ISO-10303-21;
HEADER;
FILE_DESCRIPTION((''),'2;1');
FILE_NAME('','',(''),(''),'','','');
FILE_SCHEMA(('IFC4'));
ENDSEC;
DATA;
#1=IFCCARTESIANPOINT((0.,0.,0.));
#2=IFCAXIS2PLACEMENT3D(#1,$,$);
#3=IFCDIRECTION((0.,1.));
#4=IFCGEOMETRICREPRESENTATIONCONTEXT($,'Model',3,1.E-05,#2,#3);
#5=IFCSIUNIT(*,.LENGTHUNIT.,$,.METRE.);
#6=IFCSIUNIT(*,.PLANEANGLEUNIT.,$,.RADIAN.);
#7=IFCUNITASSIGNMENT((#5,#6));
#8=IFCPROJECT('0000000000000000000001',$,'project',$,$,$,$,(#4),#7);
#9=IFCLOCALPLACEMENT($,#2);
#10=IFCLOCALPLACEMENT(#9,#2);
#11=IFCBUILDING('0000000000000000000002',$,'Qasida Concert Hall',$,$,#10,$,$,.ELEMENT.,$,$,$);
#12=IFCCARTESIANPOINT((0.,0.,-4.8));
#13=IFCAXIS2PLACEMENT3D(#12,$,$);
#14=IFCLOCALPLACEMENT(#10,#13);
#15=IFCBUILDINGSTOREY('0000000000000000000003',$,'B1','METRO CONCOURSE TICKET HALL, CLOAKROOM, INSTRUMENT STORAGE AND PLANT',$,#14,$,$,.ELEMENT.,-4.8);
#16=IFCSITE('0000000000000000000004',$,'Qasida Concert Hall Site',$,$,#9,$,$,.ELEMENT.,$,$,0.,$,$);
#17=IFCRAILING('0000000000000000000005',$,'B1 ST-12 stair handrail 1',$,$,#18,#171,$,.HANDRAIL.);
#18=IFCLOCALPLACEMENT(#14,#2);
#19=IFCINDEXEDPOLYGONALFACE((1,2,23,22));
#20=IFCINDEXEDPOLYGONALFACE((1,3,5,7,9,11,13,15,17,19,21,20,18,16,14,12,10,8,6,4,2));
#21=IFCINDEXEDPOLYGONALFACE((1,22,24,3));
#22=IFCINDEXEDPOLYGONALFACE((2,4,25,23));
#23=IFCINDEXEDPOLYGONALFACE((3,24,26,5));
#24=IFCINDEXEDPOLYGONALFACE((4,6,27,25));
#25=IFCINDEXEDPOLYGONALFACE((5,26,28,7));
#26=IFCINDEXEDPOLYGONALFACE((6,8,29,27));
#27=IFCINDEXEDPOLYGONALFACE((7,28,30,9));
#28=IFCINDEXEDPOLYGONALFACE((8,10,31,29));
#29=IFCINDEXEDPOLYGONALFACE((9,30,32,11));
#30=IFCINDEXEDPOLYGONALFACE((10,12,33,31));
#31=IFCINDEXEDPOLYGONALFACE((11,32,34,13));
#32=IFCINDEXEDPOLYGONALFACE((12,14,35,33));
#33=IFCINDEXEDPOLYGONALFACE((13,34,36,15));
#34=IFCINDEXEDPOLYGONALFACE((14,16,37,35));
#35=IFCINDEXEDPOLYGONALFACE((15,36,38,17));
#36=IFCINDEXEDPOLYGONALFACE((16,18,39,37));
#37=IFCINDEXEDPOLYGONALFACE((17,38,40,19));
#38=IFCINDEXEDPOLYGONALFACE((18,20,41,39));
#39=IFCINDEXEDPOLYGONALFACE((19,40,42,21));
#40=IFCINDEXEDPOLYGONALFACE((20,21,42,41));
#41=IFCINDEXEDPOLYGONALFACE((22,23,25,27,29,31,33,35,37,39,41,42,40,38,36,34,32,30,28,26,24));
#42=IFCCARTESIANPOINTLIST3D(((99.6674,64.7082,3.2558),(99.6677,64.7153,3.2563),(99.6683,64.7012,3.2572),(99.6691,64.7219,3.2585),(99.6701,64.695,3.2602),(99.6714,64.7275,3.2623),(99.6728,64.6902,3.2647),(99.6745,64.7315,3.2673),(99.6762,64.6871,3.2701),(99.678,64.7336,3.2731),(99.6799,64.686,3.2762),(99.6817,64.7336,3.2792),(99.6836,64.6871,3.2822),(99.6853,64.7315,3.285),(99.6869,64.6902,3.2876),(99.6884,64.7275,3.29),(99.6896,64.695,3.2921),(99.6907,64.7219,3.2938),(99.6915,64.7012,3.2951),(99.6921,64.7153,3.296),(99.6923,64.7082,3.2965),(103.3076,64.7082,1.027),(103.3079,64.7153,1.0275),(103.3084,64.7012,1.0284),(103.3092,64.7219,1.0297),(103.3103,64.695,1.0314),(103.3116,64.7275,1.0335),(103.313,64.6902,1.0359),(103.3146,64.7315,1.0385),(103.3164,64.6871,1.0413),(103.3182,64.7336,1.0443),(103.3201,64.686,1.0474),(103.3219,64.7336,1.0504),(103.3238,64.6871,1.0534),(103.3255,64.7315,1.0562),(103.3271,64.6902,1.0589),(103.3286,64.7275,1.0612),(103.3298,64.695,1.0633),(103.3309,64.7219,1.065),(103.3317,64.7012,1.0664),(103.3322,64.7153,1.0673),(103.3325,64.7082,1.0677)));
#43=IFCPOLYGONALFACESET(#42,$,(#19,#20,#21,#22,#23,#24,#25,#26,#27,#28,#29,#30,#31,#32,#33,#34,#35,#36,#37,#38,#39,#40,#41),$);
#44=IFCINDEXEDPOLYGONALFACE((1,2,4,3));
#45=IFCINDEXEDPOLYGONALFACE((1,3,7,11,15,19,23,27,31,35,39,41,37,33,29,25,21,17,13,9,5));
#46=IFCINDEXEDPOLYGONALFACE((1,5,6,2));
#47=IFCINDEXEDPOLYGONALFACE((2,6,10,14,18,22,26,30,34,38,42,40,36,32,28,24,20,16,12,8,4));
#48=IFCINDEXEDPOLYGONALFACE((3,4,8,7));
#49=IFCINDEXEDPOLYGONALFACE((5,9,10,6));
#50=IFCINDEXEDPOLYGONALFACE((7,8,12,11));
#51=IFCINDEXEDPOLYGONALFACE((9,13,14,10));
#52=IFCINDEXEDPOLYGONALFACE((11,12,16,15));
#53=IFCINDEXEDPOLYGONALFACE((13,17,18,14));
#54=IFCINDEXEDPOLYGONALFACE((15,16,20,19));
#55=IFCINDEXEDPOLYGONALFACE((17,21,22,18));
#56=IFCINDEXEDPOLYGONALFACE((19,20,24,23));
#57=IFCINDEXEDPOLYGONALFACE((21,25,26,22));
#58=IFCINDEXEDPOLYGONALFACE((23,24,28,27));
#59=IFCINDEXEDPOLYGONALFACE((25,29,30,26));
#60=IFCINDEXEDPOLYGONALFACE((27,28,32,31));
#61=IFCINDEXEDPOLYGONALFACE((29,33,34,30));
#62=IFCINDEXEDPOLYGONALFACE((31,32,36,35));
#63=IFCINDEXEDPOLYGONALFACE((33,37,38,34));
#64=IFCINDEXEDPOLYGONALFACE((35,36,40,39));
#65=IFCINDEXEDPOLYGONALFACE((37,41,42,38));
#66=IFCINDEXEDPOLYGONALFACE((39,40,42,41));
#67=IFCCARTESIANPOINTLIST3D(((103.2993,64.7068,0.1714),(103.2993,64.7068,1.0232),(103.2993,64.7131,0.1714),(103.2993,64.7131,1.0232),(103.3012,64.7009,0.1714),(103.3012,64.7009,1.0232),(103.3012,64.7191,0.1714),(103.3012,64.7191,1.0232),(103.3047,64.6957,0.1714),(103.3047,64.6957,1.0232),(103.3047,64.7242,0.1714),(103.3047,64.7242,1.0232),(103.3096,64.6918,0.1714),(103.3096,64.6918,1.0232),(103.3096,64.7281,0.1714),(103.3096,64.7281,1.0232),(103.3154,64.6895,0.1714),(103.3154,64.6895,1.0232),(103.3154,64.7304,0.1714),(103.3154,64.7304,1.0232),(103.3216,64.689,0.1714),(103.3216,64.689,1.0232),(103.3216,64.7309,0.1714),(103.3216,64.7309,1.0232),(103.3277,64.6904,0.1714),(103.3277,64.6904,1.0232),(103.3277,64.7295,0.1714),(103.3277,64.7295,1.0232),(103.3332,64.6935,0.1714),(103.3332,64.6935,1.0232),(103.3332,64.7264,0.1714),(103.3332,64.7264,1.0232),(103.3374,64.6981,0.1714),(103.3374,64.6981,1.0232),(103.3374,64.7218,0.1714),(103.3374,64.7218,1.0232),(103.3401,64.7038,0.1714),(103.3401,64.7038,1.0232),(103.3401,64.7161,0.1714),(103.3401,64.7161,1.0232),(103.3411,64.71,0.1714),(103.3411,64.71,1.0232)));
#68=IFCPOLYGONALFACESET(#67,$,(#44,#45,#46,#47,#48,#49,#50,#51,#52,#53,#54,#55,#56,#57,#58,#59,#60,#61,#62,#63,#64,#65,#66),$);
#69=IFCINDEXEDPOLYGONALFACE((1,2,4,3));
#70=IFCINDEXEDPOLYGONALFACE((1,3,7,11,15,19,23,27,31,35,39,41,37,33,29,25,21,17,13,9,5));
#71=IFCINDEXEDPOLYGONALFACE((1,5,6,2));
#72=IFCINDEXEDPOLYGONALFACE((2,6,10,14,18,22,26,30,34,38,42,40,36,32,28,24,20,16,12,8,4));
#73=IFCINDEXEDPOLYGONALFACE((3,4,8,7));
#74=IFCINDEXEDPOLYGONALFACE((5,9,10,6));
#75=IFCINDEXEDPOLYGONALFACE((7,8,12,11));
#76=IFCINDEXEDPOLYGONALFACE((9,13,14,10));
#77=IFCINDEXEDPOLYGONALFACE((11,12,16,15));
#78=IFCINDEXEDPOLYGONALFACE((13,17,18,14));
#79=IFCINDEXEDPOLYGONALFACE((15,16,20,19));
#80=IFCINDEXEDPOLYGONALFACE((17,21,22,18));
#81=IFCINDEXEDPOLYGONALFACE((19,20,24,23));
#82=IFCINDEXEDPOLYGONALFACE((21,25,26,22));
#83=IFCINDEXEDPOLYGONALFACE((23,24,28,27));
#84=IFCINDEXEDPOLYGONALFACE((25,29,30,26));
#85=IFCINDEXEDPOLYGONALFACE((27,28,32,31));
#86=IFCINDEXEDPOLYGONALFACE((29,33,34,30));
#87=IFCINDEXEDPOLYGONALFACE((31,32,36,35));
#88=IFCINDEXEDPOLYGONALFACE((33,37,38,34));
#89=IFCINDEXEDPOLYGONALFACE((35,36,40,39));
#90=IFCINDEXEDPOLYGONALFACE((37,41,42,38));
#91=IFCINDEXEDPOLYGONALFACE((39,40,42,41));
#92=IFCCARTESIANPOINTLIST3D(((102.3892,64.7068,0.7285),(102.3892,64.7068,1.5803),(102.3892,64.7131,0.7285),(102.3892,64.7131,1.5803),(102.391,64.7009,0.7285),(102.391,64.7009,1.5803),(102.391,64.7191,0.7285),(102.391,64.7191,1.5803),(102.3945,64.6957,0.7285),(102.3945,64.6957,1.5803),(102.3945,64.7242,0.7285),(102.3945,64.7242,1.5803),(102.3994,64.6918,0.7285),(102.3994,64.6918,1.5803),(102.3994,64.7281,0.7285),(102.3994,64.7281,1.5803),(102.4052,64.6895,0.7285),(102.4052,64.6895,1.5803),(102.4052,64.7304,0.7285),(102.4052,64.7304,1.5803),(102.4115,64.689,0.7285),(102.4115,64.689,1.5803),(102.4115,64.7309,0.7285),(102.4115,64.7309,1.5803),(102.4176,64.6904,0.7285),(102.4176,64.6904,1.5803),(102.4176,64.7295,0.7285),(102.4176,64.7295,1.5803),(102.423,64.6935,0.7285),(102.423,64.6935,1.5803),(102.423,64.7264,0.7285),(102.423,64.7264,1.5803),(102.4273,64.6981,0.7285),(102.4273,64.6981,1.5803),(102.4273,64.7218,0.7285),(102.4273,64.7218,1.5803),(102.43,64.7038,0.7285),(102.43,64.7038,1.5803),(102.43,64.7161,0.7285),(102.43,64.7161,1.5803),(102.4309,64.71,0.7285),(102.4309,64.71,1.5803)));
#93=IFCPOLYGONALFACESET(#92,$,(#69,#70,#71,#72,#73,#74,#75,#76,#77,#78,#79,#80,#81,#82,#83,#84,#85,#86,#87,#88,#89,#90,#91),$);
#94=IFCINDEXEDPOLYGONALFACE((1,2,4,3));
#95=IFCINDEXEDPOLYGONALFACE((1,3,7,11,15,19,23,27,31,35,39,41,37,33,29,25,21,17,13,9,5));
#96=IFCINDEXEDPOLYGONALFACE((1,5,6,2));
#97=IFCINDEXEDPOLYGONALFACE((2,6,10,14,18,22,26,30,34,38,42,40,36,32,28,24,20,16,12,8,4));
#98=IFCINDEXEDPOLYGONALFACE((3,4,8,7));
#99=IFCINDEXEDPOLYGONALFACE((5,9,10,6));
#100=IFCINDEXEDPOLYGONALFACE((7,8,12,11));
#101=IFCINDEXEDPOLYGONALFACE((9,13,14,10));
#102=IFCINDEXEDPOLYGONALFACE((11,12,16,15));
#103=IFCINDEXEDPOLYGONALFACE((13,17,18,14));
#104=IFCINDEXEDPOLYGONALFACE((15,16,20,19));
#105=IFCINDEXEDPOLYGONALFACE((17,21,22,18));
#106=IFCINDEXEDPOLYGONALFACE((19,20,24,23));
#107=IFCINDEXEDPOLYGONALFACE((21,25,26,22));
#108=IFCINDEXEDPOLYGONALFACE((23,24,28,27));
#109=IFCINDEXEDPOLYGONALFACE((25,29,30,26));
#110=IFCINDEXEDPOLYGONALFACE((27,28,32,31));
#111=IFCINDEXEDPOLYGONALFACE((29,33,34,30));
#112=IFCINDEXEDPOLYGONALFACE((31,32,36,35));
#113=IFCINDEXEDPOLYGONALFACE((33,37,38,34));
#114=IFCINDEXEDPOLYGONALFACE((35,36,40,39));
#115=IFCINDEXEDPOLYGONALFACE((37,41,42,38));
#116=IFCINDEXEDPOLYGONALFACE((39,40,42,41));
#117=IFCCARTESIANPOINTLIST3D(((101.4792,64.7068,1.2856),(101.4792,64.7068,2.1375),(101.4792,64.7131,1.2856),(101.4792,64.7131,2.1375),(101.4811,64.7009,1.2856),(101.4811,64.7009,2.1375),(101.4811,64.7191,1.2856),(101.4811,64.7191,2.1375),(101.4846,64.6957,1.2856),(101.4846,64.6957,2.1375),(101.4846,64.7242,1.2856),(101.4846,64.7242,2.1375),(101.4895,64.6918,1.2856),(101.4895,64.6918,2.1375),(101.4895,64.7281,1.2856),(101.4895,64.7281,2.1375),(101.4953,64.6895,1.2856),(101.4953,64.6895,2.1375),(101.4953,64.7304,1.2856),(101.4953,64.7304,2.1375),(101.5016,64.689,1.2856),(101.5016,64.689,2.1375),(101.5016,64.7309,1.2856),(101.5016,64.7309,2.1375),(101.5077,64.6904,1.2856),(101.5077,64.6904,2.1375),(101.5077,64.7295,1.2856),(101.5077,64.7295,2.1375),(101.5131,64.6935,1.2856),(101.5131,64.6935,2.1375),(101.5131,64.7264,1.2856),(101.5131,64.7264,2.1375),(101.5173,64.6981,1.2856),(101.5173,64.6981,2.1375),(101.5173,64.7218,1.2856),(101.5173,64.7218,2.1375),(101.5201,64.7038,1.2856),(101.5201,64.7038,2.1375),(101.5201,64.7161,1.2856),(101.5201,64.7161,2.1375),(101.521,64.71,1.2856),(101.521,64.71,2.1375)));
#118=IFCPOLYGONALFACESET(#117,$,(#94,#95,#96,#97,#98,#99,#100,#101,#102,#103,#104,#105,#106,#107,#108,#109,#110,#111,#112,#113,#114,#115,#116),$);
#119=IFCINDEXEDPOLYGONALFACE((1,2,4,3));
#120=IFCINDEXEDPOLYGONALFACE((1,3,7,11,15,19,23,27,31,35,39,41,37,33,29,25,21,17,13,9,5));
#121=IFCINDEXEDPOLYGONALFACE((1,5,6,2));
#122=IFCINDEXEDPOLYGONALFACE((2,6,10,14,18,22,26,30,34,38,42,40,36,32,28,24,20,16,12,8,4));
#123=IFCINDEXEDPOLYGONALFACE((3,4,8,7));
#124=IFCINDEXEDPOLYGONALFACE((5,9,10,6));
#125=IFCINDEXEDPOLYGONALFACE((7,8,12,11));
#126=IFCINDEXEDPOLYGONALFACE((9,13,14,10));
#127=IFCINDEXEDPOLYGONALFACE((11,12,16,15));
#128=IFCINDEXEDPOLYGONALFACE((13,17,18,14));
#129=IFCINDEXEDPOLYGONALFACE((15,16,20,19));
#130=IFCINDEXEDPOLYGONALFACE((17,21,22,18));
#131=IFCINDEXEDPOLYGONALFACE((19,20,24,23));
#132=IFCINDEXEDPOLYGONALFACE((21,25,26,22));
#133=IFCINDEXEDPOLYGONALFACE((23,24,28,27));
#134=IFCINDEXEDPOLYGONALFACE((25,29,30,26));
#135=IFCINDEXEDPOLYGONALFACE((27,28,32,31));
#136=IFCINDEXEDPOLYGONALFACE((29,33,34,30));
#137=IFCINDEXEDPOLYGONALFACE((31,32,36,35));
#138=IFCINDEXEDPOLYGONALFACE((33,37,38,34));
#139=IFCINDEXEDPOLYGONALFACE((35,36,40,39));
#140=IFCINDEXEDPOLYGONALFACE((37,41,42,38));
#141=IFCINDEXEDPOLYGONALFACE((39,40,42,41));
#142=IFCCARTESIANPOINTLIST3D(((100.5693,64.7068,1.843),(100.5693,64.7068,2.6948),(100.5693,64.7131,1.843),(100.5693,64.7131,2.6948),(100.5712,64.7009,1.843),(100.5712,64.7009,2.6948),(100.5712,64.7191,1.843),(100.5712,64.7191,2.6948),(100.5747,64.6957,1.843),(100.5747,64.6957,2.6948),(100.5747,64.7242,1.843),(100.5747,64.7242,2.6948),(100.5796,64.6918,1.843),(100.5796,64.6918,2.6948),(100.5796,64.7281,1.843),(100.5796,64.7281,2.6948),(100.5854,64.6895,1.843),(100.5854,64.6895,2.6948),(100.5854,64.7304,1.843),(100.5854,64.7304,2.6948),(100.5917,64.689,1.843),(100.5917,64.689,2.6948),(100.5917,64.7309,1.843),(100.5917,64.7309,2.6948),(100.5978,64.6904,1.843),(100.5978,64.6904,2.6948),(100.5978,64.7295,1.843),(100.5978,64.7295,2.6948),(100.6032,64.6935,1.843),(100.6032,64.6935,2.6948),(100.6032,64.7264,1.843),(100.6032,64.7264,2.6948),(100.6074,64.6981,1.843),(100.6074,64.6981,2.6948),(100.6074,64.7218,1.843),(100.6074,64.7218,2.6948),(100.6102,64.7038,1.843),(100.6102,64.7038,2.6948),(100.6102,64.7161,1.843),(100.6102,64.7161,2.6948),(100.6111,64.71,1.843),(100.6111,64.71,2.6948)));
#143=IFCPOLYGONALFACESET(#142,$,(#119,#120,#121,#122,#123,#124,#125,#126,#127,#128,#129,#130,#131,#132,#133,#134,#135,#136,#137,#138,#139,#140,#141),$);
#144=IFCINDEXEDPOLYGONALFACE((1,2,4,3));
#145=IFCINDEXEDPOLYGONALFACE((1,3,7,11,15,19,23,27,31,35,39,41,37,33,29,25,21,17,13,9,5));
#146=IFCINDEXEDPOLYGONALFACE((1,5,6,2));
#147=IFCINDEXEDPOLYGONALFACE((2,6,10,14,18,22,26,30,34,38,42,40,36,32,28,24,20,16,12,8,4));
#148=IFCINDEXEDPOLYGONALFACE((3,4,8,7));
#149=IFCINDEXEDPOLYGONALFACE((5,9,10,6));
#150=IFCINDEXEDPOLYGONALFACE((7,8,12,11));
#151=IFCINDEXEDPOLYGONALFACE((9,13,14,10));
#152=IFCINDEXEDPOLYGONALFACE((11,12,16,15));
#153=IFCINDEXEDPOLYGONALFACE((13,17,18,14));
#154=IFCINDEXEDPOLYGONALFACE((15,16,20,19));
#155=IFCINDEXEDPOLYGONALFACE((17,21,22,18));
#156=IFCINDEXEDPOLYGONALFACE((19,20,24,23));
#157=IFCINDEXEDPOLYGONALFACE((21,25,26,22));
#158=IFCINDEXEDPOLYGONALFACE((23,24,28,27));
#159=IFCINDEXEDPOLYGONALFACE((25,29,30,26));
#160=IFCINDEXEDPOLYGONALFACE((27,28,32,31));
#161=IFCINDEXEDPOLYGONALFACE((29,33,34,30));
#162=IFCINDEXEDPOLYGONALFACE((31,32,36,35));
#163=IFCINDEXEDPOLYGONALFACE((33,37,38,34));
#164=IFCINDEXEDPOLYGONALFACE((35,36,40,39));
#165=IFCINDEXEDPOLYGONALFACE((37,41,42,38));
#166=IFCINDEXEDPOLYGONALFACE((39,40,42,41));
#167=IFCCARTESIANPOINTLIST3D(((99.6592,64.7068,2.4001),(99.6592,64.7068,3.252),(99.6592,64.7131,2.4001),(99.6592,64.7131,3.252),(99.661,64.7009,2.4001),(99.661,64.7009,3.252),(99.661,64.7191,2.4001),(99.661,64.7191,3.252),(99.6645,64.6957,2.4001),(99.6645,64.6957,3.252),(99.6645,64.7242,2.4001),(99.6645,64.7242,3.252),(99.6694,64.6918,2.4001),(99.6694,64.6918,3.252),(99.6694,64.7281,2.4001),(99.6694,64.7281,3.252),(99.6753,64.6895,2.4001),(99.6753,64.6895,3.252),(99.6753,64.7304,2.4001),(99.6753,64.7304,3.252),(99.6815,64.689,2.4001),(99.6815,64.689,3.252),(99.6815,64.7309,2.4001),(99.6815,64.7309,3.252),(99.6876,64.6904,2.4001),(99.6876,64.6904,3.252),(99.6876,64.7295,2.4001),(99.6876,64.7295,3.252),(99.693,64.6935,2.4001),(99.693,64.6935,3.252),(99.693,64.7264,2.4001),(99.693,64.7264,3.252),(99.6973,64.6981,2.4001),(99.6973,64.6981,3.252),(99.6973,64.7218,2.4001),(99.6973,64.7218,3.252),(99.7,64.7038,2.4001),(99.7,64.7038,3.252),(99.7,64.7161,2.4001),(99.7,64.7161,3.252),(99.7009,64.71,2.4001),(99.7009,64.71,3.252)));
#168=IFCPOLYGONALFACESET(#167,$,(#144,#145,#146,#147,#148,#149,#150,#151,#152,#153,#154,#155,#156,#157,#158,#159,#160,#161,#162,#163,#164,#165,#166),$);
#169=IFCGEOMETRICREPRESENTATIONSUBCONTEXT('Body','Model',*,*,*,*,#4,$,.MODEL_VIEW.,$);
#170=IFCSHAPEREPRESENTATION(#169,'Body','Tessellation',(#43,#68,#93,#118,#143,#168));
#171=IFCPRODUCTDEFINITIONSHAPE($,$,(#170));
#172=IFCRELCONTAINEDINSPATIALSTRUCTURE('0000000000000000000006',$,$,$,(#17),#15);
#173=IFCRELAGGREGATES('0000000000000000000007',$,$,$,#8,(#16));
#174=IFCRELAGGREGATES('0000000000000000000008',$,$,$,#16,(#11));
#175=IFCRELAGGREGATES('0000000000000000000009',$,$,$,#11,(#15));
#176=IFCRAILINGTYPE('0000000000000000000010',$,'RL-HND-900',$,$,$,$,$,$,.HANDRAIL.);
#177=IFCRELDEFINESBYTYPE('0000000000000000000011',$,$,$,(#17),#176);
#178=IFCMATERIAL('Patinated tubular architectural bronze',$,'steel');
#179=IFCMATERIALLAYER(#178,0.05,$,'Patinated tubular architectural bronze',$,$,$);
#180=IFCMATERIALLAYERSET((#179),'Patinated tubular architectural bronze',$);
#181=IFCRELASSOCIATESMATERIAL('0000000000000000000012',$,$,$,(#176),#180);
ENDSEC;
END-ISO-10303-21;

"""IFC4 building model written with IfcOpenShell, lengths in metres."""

from ifc_helpers import new_model, si_unit, direction, frame, origin, origin_2d, place, context, subcontext, project, spatial, circle, extrude, material, layer, layer_set, type_object, element, save


model = new_model("IFC4")

# Units and contexts
model_context = context("Model", 3, precision=1e-05, world=origin(), true_north=direction((0.0, 1.0)))
body_context = subcontext(model_context, "Body", "Model", "MODEL_VIEW")
ifc_project = project(units=[si_unit("LENGTHUNIT", "METRE"), si_unit("PLANEANGLEUNIT", "RADIAN")], contexts=[model_context])

# Site, building, storey
site_placement = place(None, origin())
site = spatial("IfcSite", under=ifc_project, at=site_placement, Name="Qasida Concert Hall Site", CompositionType="ELEMENT", RefElevation=0.0)
building_placement = place(site_placement, origin())
building = spatial("IfcBuilding", under=site, at=building_placement, Name="Qasida Concert Hall", CompositionType="ELEMENT")
storey_placement = place(building_placement, frame((0.0, 0.0, -4.8)))
storey = spatial("IfcBuildingStorey", under=building, at=storey_placement, Name="B1", Description="METRO CONCOURSE TICKET HALL, CLOAKROOM, INSTRUMENT STORAGE AND PLANT", CompositionType="ELEMENT", Elevation=-4.8)

# Railing
ifc_material_1 = material(Name="Patinated tubular architectural bronze", Category="steel")
ifc_layer_1 = layer(ifc_material_1, 0.05, Name="Patinated tubular architectural bronze")
ifc_layer_set_1 = layer_set([ifc_layer_1], Name="Patinated tubular architectural bronze")
railing_type_1 = type_object("IfcRailingType", Name="RL-HND-900", PredefinedType="HANDRAIL", material=ifc_layer_set_1)
railing_1_placement = place(storey_placement, frame((103.3201, 64.71, 0.1714)))
element("IfcRailing", 1, at=railing_1_placement, inside=storey, type_object=railing_type_1, Name="B1 ST-12 stair handrail 1", PredefinedType="HANDRAIL", context=body_context, shape_type="SweptSolid", body=[
    extrude(circle(Radius=0.0239, at=origin_2d()), frame((0.0, 0.0, 0.876), z_axis=(-0.85284, 0.0, 0.522172), x_axis=(0.0, -1.0, 0.0)), (0.0, 0.0, 1.0), 4.2683),
    extrude(circle(Radius=0.021, at=origin_2d()), origin(), (0.0, 0.0, 1.0), 0.8518),
    extrude(circle(Radius=0.021, at=origin_2d()), frame((-0.9102, 0.0, 0.5571)), (0.0, 0.0, 1.0), 0.8518),
    extrude(circle(Radius=0.021, at=origin_2d()), frame((-1.8201, 0.0, 1.1143)), (0.0, 0.0, 1.0), 0.8518),
    extrude(circle(Radius=0.021, at=origin_2d()), frame((-2.73, 0.0, 1.6716)), (0.0, 0.0, 1.0), 0.8518),
    extrude(circle(Radius=0.021, at=origin_2d()), frame((-3.6401, 0.0, 2.2288)), (0.0, 0.0, 1.0), 0.8518),
])

save(model, "model.ifc")
